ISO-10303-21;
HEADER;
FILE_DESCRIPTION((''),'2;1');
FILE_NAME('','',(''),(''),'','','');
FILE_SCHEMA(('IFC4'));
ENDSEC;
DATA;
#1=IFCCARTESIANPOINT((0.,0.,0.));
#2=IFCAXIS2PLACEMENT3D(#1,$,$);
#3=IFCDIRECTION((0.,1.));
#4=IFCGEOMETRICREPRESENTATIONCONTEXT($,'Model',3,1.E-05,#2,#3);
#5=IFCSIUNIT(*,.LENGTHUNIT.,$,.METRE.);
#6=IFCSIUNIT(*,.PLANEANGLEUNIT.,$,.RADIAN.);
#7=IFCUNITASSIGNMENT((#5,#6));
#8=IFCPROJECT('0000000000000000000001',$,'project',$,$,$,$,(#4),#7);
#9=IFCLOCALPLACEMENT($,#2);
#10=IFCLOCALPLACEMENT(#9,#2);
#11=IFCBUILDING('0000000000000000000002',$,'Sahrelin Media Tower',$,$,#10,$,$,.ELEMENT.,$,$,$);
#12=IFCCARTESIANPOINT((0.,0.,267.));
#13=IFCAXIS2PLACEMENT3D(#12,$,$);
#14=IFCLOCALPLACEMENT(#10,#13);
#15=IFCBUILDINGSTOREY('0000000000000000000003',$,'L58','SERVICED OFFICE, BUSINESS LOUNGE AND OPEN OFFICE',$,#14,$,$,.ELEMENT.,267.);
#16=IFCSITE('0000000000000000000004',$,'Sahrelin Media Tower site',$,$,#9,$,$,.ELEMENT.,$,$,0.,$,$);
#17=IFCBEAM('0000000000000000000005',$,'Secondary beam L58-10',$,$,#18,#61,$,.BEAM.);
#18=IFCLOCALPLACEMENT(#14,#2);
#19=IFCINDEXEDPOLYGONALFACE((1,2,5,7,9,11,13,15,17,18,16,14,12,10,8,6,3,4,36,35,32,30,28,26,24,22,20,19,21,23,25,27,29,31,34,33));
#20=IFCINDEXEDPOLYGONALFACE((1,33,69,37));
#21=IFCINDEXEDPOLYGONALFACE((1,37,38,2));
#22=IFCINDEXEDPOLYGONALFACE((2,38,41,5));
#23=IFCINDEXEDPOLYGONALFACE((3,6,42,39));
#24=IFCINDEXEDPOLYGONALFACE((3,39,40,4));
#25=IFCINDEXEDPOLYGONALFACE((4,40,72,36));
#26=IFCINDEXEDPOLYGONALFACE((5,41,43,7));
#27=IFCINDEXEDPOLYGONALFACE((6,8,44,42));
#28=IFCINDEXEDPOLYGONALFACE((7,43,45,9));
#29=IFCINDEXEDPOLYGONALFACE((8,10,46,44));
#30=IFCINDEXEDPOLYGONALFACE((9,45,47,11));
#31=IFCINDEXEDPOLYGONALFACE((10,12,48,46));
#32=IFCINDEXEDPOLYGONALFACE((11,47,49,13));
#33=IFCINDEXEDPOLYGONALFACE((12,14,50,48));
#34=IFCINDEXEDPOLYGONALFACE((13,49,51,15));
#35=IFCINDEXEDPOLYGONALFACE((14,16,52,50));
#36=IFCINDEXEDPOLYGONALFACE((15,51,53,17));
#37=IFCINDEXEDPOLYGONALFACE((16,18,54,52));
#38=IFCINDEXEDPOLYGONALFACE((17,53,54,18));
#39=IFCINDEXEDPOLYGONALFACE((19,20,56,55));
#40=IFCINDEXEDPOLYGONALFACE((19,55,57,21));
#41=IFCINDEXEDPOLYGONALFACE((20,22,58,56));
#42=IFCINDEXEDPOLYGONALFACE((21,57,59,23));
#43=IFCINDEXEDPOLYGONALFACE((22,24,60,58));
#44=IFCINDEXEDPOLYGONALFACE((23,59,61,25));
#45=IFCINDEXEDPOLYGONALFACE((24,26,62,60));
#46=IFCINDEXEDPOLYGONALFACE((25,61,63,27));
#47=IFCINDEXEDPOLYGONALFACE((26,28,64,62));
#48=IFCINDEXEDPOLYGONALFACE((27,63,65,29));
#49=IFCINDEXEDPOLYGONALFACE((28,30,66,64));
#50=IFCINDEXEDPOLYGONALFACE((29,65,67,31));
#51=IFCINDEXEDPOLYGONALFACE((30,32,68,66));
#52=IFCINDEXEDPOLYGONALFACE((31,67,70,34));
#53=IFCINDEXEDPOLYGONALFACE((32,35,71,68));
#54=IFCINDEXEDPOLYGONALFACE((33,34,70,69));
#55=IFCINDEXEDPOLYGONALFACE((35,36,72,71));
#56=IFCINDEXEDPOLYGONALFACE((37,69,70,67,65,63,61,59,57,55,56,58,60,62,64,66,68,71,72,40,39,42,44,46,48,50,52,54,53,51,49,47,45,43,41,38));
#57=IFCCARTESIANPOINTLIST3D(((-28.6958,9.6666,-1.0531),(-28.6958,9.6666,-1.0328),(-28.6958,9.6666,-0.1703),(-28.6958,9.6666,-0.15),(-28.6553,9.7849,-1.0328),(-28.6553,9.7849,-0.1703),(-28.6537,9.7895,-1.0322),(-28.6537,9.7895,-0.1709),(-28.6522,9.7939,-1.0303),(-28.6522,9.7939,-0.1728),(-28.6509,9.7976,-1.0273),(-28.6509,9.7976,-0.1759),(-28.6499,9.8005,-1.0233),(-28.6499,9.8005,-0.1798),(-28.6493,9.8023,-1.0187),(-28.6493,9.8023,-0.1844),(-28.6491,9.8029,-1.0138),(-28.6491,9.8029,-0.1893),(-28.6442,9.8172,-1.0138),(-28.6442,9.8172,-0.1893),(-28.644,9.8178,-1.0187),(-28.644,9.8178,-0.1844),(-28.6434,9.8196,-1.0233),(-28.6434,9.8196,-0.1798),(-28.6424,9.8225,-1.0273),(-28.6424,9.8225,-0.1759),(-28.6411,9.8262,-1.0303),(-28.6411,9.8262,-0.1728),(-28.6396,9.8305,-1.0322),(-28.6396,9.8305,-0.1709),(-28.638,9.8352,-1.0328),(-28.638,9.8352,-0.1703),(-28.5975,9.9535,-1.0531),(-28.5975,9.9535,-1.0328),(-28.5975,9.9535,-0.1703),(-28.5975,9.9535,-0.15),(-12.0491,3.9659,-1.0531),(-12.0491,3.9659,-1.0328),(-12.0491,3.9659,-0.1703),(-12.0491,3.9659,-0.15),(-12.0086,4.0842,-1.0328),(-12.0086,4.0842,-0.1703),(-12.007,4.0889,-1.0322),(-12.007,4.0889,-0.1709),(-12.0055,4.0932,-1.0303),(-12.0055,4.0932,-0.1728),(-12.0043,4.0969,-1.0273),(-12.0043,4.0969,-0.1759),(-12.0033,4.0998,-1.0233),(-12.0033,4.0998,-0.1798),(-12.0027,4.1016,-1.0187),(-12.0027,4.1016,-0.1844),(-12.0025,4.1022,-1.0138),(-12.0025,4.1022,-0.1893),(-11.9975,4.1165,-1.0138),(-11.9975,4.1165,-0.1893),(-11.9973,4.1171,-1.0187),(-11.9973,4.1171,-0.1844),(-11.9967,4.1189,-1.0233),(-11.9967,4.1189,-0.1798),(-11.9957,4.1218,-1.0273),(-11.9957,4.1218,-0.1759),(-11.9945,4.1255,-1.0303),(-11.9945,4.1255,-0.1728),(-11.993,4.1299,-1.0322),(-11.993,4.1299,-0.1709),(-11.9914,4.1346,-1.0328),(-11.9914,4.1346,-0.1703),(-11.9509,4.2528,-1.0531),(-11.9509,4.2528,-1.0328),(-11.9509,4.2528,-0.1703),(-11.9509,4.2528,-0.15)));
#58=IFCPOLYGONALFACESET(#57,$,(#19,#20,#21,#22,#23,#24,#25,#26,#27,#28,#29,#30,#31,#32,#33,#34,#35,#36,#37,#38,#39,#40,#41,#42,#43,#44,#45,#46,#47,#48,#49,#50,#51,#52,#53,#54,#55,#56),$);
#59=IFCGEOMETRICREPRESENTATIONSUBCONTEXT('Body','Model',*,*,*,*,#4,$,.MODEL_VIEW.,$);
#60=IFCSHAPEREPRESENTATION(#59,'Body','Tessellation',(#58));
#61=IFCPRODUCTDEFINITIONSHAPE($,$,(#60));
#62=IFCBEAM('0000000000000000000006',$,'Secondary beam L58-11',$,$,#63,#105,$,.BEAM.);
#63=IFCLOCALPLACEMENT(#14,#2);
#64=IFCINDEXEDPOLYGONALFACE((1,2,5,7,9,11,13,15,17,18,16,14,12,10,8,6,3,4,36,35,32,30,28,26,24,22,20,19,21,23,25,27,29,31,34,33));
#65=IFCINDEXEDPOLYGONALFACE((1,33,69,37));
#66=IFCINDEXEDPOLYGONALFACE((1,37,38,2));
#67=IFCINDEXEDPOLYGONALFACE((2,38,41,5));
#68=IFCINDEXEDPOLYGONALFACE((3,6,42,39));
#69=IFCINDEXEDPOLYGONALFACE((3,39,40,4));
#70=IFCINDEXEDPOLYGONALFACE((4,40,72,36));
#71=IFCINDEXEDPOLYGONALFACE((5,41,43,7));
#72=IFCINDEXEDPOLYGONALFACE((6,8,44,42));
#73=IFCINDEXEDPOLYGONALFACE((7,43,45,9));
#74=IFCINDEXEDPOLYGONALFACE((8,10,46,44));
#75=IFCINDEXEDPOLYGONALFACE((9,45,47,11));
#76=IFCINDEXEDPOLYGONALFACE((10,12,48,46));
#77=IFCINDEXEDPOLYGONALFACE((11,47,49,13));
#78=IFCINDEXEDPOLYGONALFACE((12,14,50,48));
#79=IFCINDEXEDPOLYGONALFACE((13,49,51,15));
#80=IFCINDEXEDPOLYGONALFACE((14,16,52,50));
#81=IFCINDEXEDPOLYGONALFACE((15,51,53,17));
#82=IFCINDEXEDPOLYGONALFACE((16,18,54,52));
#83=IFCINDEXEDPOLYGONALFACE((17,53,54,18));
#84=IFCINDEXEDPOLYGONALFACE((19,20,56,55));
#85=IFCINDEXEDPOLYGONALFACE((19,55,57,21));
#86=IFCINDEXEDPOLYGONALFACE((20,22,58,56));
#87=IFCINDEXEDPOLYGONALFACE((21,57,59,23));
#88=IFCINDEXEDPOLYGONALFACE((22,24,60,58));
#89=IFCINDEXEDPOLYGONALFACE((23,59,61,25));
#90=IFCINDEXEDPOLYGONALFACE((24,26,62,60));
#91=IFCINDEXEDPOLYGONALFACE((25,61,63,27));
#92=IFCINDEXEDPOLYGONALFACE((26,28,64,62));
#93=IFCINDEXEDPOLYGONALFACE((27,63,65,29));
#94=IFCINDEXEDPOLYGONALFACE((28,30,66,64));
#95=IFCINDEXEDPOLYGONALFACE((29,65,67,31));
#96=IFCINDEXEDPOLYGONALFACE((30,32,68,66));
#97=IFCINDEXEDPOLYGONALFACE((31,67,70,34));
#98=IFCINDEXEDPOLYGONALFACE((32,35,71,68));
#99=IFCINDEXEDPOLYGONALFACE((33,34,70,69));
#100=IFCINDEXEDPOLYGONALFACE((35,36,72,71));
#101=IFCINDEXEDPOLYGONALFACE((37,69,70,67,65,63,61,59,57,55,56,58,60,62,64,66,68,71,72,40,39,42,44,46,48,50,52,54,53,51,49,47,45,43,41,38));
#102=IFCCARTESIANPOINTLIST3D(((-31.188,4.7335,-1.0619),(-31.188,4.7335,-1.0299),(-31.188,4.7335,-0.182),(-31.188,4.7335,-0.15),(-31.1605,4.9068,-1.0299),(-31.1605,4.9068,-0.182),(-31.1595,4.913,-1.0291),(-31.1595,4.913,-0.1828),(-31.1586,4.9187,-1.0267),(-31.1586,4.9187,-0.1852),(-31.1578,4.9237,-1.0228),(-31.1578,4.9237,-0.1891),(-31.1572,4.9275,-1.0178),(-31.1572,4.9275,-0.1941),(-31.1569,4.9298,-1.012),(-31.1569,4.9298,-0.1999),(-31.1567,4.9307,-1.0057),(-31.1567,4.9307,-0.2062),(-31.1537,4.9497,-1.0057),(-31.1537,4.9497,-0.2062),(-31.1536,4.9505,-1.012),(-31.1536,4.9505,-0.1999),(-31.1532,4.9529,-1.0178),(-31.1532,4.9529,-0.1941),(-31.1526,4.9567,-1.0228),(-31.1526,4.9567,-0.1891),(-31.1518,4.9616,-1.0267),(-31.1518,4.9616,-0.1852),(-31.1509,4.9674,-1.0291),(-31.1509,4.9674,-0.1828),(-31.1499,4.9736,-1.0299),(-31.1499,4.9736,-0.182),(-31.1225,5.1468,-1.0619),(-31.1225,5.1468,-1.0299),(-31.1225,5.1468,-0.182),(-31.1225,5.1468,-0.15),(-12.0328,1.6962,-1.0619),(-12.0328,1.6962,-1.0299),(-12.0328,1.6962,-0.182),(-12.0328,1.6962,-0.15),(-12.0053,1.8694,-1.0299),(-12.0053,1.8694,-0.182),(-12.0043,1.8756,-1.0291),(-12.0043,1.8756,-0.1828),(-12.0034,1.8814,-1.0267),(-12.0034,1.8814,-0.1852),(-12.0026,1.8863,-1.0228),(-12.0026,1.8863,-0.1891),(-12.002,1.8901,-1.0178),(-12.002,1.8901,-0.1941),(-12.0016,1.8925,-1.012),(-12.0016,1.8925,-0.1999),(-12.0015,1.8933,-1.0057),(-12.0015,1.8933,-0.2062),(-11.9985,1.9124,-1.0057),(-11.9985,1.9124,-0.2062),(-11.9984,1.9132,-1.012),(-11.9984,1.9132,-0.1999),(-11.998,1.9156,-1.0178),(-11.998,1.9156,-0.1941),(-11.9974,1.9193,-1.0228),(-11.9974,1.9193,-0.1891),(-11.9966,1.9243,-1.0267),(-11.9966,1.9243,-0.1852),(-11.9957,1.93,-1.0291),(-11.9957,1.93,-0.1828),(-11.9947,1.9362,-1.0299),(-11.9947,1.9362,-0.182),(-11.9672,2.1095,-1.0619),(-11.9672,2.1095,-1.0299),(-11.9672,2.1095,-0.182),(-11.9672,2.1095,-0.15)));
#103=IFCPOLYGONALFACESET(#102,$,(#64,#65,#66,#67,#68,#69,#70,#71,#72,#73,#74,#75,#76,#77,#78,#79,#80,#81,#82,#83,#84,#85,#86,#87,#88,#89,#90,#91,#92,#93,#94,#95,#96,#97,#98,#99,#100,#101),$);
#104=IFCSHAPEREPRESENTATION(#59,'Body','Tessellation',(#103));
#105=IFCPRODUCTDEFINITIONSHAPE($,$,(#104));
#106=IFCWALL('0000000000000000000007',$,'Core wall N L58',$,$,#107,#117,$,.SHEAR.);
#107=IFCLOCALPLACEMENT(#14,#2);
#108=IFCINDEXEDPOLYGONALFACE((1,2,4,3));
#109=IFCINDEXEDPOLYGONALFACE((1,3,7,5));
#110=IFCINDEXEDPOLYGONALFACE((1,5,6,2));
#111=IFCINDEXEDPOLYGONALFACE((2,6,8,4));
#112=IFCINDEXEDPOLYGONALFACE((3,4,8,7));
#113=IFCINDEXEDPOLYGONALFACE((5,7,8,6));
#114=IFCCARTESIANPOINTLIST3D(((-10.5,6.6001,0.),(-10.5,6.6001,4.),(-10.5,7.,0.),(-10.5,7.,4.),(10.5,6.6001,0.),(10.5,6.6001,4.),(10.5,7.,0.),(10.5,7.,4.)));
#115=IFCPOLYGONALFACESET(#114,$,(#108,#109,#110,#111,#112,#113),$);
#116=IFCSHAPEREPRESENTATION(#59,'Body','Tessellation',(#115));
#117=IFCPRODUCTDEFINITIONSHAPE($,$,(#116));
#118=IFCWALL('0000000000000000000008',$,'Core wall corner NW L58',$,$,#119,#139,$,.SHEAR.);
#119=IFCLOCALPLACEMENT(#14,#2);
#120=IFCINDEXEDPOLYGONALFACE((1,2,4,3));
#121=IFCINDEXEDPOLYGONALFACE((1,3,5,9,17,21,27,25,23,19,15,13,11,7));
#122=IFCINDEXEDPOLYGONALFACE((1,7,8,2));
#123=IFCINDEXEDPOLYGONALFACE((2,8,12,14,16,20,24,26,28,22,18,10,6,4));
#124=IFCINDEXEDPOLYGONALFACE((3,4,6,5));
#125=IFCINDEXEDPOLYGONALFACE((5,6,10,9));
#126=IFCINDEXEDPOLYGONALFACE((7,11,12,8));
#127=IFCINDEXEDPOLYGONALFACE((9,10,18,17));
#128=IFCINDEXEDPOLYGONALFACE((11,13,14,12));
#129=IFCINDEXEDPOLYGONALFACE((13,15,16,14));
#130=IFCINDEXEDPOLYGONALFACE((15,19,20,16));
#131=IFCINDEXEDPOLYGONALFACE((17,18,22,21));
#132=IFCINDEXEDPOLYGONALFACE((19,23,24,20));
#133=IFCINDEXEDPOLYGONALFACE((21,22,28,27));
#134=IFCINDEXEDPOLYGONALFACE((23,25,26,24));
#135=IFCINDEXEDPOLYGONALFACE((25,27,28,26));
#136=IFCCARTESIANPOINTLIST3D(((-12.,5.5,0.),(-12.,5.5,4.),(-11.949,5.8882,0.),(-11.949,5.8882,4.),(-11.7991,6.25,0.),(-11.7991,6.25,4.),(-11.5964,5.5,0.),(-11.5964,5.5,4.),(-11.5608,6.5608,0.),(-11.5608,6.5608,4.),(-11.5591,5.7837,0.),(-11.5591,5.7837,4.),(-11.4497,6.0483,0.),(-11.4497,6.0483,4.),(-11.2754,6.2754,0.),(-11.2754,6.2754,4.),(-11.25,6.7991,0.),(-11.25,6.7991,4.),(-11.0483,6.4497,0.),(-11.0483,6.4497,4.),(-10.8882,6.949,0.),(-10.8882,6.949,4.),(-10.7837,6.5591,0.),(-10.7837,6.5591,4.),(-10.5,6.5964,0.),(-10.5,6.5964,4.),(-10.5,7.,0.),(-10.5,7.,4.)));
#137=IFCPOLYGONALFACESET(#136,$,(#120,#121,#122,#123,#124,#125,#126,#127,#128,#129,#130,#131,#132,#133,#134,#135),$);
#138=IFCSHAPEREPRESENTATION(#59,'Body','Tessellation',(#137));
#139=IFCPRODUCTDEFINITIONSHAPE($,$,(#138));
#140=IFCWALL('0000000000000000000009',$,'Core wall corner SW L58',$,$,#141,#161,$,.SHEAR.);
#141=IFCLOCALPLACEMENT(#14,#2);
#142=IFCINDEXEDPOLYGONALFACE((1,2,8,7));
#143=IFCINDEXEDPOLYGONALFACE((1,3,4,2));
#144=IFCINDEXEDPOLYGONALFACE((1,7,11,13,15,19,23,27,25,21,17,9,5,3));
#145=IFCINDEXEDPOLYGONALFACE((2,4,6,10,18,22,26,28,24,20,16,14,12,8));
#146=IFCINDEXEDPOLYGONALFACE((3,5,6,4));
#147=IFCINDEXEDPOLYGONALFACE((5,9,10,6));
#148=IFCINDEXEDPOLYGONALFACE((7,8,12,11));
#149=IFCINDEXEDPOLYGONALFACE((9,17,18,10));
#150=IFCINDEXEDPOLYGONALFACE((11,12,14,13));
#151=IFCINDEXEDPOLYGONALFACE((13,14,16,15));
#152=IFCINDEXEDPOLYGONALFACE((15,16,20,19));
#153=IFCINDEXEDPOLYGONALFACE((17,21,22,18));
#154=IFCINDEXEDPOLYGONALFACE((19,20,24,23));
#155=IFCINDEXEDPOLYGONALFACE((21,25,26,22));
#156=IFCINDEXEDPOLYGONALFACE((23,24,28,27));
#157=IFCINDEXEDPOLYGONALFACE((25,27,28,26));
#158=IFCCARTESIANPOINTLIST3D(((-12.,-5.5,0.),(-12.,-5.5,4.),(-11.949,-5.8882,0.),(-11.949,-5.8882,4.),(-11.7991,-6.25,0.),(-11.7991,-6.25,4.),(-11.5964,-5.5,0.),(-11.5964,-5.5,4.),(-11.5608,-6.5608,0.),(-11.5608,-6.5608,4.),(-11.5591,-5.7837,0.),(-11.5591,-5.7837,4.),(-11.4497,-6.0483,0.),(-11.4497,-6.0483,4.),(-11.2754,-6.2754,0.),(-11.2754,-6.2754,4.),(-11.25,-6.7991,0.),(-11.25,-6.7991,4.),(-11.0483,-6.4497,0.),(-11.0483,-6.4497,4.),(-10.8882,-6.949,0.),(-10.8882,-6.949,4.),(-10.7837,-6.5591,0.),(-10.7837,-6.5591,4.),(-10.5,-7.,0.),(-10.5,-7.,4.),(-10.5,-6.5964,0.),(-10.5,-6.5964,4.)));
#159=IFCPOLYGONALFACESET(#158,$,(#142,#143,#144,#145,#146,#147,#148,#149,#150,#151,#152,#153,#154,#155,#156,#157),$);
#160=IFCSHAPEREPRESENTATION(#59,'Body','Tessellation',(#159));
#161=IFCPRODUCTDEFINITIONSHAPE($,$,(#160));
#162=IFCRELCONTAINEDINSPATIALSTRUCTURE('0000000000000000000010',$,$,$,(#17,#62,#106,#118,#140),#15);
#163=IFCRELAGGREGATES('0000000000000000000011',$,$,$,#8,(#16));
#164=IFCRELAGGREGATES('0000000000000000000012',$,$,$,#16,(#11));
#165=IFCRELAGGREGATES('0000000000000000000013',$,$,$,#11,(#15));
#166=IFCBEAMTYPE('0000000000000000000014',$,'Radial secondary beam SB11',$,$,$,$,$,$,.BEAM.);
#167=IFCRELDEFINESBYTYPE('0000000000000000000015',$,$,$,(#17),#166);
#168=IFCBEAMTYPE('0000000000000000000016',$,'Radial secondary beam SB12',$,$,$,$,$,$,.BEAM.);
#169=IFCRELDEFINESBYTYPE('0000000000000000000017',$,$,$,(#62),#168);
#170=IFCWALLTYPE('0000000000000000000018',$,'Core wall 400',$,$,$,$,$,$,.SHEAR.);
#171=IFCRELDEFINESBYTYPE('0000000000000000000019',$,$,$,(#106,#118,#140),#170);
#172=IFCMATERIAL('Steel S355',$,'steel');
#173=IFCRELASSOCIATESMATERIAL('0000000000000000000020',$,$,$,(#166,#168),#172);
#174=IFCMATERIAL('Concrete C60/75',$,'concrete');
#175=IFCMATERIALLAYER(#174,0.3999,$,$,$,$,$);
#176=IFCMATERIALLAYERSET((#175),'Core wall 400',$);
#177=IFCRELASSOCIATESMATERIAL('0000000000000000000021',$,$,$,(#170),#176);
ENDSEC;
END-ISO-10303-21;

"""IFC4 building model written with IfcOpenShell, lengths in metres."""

from ifc_helpers import new_model, si_unit, direction, frame, frame_2d, origin, origin_2d, place, context, subcontext, project, spatial, polyline, rectangle, i_section, outline, extrude, material, layer, layer_set, material_profile, profile_set, type_object, element, save


model = new_model("IFC4")

# Units and contexts
model_context = context("Model", 3, precision=1e-05, world=origin(), true_north=direction((0.0, 1.0)))
body_context = subcontext(model_context, "Body", "Model", "MODEL_VIEW")
ifc_project = project(units=[si_unit("LENGTHUNIT", "METRE"), si_unit("PLANEANGLEUNIT", "RADIAN")], contexts=[model_context])

# Site, building, storey
site_placement = place(None, origin())
site = spatial("IfcSite", under=ifc_project, at=site_placement, Name="Sahrelin Media Tower site", CompositionType="ELEMENT", RefElevation=0.0)
building_placement = place(site_placement, origin())
building = spatial("IfcBuilding", under=site, at=building_placement, Name="Sahrelin Media Tower", CompositionType="ELEMENT")
storey_placement = place(building_placement, frame((0.0, 0.0, 267.0)))
storey = spatial("IfcBuildingStorey", under=building, at=storey_placement, Name="L58", Description="SERVICED OFFICE, BUSINESS LOUNGE AND OPEN OFFICE", CompositionType="ELEMENT", Elevation=267.0)

# Beams
ifc_material_1 = material(Name="Steel S355", Category="steel")
ifc_material_profile_1 = material_profile(ifc_material_1, i_section(OverallWidth=0.3032, OverallDepth=0.9031, WebThickness=0.0151, FlangeThickness=0.0203, FilletRadius=0.019, at=origin_2d()), Name="UB 914x305x201")
ifc_profile_set_1 = profile_set([ifc_material_profile_1], Name="Steel S355")
beam_type_1 = type_object("IfcBeamType", Name="Radial secondary beam SB11", PredefinedType="BEAM", material=ifc_profile_set_1)
beam_1_placement = place(storey_placement, frame((-12.0, 4.1094, -0.6016), z_axis=(-0.946064, 0.32398, 0.0), x_axis=(-0.32398, -0.946064, 0.0)))
element("IfcBeam", 1, at=beam_1_placement, inside=storey, type_object=beam_type_1, Name="Secondary beam L58-10", PredefinedType="BEAM", context=body_context, shape_type="SweptSolid", body=[
    extrude(i_section(OverallWidth=0.3032, OverallDepth=0.9031, WebThickness=0.0151, FlangeThickness=0.0203, FilletRadius=0.019, at=origin_2d()), origin(), (0.0, 0.0, 1.0), 17.5957),
])
ifc_material_profile_2 = material_profile(ifc_material_1, i_section(OverallWidth=0.4185, OverallDepth=0.9119, WebThickness=0.0193, FlangeThickness=0.032, FilletRadius=0.0242, at=origin_2d()), Name="UB 914x419x343")
ifc_profile_set_2 = profile_set([ifc_material_profile_2], Name="Steel S355")
beam_type_2 = type_object("IfcBeamType", Name="Radial secondary beam SB12", PredefinedType="BEAM", material=ifc_profile_set_2)
beam_2_placement = place(storey_placement, frame((-12.0, 1.9028, -0.606), z_axis=(-0.987661, 0.156608, 0.0), x_axis=(-0.156608, -0.987661, 0.0)))
element("IfcBeam", 2, at=beam_2_placement, inside=storey, type_object=beam_type_2, Name="Secondary beam L58-11", PredefinedType="BEAM", context=body_context, shape_type="SweptSolid", body=[
    extrude(i_section(OverallWidth=0.4185, OverallDepth=0.9119, WebThickness=0.0193, FlangeThickness=0.032, FilletRadius=0.0242, at=origin_2d()), origin(), (0.0, 0.0, 1.0), 19.3945),
])

# Walls
ifc_material_2 = material(Name="Concrete C60/75", Category="concrete")
ifc_layer_1 = layer(ifc_material_2, 0.3999)
ifc_layer_set_1 = layer_set([ifc_layer_1], Name="Core wall 400")
wall_type_1 = type_object("IfcWallType", Name="Core wall 400", PredefinedType="SHEAR", material=ifc_layer_set_1)
wall_1_placement = place(storey_placement, frame((-10.5, 6.8, 0.0), z_axis=(0.0, 0.0, 1.0), x_axis=(1.0, 0.0, 0.0)))
element("IfcWall", 3, at=wall_1_placement, inside=storey, type_object=wall_type_1, Name="Core wall N L58", PredefinedType="SHEAR", context=body_context, shape_type="SweptSolid", body=[
    extrude(rectangle(XDim=21.0, YDim=0.3999, at=frame_2d((10.5, 0.0))), origin(), (0.0, 0.0, 1.0), 4.0),
])
placement = place(storey_placement, origin())
element("IfcWall", 4, at=placement, inside=storey, type_object=wall_type_1, Name="Core wall corner NW L58", PredefinedType="SHEAR", context=body_context, shape_type="SweptSolid", body=[
    extrude(outline(polyline([(-12.0, 5.5), (-11.5964, 5.5), (-11.5591, 5.7837), (-11.4497, 6.0483), (-11.2754, 6.2754), (-11.0483, 6.4497), (-10.7837, 6.5591), (-10.5, 6.5964), (-10.5, 7.0), (-10.8882, 6.949), (-11.25, 6.7991), (-11.5608, 6.5608), (-11.7991, 6.25), (-11.949, 5.8882), (-12.0, 5.5)])), origin(), (0.0, 0.0, 1.0), 4.0),
])
element("IfcWall", 5, at=placement, inside=storey, type_object=wall_type_1, Name="Core wall corner SW L58", PredefinedType="SHEAR", context=body_context, shape_type="SweptSolid", body=[
    extrude(outline(polyline([(-10.5, -7.0), (-10.5, -6.5964), (-10.7837, -6.5591), (-11.0483, -6.4497), (-11.2754, -6.2754), (-11.4497, -6.0483), (-11.5591, -5.7837), (-11.5964, -5.5), (-12.0, -5.5), (-11.949, -5.8882), (-11.7991, -6.25), (-11.5608, -6.5608), (-11.25, -6.7991), (-10.8882, -6.949), (-10.5, -7.0)])), origin(), (0.0, 0.0, 1.0), 4.0),
])

save(model, "model.ifc")
